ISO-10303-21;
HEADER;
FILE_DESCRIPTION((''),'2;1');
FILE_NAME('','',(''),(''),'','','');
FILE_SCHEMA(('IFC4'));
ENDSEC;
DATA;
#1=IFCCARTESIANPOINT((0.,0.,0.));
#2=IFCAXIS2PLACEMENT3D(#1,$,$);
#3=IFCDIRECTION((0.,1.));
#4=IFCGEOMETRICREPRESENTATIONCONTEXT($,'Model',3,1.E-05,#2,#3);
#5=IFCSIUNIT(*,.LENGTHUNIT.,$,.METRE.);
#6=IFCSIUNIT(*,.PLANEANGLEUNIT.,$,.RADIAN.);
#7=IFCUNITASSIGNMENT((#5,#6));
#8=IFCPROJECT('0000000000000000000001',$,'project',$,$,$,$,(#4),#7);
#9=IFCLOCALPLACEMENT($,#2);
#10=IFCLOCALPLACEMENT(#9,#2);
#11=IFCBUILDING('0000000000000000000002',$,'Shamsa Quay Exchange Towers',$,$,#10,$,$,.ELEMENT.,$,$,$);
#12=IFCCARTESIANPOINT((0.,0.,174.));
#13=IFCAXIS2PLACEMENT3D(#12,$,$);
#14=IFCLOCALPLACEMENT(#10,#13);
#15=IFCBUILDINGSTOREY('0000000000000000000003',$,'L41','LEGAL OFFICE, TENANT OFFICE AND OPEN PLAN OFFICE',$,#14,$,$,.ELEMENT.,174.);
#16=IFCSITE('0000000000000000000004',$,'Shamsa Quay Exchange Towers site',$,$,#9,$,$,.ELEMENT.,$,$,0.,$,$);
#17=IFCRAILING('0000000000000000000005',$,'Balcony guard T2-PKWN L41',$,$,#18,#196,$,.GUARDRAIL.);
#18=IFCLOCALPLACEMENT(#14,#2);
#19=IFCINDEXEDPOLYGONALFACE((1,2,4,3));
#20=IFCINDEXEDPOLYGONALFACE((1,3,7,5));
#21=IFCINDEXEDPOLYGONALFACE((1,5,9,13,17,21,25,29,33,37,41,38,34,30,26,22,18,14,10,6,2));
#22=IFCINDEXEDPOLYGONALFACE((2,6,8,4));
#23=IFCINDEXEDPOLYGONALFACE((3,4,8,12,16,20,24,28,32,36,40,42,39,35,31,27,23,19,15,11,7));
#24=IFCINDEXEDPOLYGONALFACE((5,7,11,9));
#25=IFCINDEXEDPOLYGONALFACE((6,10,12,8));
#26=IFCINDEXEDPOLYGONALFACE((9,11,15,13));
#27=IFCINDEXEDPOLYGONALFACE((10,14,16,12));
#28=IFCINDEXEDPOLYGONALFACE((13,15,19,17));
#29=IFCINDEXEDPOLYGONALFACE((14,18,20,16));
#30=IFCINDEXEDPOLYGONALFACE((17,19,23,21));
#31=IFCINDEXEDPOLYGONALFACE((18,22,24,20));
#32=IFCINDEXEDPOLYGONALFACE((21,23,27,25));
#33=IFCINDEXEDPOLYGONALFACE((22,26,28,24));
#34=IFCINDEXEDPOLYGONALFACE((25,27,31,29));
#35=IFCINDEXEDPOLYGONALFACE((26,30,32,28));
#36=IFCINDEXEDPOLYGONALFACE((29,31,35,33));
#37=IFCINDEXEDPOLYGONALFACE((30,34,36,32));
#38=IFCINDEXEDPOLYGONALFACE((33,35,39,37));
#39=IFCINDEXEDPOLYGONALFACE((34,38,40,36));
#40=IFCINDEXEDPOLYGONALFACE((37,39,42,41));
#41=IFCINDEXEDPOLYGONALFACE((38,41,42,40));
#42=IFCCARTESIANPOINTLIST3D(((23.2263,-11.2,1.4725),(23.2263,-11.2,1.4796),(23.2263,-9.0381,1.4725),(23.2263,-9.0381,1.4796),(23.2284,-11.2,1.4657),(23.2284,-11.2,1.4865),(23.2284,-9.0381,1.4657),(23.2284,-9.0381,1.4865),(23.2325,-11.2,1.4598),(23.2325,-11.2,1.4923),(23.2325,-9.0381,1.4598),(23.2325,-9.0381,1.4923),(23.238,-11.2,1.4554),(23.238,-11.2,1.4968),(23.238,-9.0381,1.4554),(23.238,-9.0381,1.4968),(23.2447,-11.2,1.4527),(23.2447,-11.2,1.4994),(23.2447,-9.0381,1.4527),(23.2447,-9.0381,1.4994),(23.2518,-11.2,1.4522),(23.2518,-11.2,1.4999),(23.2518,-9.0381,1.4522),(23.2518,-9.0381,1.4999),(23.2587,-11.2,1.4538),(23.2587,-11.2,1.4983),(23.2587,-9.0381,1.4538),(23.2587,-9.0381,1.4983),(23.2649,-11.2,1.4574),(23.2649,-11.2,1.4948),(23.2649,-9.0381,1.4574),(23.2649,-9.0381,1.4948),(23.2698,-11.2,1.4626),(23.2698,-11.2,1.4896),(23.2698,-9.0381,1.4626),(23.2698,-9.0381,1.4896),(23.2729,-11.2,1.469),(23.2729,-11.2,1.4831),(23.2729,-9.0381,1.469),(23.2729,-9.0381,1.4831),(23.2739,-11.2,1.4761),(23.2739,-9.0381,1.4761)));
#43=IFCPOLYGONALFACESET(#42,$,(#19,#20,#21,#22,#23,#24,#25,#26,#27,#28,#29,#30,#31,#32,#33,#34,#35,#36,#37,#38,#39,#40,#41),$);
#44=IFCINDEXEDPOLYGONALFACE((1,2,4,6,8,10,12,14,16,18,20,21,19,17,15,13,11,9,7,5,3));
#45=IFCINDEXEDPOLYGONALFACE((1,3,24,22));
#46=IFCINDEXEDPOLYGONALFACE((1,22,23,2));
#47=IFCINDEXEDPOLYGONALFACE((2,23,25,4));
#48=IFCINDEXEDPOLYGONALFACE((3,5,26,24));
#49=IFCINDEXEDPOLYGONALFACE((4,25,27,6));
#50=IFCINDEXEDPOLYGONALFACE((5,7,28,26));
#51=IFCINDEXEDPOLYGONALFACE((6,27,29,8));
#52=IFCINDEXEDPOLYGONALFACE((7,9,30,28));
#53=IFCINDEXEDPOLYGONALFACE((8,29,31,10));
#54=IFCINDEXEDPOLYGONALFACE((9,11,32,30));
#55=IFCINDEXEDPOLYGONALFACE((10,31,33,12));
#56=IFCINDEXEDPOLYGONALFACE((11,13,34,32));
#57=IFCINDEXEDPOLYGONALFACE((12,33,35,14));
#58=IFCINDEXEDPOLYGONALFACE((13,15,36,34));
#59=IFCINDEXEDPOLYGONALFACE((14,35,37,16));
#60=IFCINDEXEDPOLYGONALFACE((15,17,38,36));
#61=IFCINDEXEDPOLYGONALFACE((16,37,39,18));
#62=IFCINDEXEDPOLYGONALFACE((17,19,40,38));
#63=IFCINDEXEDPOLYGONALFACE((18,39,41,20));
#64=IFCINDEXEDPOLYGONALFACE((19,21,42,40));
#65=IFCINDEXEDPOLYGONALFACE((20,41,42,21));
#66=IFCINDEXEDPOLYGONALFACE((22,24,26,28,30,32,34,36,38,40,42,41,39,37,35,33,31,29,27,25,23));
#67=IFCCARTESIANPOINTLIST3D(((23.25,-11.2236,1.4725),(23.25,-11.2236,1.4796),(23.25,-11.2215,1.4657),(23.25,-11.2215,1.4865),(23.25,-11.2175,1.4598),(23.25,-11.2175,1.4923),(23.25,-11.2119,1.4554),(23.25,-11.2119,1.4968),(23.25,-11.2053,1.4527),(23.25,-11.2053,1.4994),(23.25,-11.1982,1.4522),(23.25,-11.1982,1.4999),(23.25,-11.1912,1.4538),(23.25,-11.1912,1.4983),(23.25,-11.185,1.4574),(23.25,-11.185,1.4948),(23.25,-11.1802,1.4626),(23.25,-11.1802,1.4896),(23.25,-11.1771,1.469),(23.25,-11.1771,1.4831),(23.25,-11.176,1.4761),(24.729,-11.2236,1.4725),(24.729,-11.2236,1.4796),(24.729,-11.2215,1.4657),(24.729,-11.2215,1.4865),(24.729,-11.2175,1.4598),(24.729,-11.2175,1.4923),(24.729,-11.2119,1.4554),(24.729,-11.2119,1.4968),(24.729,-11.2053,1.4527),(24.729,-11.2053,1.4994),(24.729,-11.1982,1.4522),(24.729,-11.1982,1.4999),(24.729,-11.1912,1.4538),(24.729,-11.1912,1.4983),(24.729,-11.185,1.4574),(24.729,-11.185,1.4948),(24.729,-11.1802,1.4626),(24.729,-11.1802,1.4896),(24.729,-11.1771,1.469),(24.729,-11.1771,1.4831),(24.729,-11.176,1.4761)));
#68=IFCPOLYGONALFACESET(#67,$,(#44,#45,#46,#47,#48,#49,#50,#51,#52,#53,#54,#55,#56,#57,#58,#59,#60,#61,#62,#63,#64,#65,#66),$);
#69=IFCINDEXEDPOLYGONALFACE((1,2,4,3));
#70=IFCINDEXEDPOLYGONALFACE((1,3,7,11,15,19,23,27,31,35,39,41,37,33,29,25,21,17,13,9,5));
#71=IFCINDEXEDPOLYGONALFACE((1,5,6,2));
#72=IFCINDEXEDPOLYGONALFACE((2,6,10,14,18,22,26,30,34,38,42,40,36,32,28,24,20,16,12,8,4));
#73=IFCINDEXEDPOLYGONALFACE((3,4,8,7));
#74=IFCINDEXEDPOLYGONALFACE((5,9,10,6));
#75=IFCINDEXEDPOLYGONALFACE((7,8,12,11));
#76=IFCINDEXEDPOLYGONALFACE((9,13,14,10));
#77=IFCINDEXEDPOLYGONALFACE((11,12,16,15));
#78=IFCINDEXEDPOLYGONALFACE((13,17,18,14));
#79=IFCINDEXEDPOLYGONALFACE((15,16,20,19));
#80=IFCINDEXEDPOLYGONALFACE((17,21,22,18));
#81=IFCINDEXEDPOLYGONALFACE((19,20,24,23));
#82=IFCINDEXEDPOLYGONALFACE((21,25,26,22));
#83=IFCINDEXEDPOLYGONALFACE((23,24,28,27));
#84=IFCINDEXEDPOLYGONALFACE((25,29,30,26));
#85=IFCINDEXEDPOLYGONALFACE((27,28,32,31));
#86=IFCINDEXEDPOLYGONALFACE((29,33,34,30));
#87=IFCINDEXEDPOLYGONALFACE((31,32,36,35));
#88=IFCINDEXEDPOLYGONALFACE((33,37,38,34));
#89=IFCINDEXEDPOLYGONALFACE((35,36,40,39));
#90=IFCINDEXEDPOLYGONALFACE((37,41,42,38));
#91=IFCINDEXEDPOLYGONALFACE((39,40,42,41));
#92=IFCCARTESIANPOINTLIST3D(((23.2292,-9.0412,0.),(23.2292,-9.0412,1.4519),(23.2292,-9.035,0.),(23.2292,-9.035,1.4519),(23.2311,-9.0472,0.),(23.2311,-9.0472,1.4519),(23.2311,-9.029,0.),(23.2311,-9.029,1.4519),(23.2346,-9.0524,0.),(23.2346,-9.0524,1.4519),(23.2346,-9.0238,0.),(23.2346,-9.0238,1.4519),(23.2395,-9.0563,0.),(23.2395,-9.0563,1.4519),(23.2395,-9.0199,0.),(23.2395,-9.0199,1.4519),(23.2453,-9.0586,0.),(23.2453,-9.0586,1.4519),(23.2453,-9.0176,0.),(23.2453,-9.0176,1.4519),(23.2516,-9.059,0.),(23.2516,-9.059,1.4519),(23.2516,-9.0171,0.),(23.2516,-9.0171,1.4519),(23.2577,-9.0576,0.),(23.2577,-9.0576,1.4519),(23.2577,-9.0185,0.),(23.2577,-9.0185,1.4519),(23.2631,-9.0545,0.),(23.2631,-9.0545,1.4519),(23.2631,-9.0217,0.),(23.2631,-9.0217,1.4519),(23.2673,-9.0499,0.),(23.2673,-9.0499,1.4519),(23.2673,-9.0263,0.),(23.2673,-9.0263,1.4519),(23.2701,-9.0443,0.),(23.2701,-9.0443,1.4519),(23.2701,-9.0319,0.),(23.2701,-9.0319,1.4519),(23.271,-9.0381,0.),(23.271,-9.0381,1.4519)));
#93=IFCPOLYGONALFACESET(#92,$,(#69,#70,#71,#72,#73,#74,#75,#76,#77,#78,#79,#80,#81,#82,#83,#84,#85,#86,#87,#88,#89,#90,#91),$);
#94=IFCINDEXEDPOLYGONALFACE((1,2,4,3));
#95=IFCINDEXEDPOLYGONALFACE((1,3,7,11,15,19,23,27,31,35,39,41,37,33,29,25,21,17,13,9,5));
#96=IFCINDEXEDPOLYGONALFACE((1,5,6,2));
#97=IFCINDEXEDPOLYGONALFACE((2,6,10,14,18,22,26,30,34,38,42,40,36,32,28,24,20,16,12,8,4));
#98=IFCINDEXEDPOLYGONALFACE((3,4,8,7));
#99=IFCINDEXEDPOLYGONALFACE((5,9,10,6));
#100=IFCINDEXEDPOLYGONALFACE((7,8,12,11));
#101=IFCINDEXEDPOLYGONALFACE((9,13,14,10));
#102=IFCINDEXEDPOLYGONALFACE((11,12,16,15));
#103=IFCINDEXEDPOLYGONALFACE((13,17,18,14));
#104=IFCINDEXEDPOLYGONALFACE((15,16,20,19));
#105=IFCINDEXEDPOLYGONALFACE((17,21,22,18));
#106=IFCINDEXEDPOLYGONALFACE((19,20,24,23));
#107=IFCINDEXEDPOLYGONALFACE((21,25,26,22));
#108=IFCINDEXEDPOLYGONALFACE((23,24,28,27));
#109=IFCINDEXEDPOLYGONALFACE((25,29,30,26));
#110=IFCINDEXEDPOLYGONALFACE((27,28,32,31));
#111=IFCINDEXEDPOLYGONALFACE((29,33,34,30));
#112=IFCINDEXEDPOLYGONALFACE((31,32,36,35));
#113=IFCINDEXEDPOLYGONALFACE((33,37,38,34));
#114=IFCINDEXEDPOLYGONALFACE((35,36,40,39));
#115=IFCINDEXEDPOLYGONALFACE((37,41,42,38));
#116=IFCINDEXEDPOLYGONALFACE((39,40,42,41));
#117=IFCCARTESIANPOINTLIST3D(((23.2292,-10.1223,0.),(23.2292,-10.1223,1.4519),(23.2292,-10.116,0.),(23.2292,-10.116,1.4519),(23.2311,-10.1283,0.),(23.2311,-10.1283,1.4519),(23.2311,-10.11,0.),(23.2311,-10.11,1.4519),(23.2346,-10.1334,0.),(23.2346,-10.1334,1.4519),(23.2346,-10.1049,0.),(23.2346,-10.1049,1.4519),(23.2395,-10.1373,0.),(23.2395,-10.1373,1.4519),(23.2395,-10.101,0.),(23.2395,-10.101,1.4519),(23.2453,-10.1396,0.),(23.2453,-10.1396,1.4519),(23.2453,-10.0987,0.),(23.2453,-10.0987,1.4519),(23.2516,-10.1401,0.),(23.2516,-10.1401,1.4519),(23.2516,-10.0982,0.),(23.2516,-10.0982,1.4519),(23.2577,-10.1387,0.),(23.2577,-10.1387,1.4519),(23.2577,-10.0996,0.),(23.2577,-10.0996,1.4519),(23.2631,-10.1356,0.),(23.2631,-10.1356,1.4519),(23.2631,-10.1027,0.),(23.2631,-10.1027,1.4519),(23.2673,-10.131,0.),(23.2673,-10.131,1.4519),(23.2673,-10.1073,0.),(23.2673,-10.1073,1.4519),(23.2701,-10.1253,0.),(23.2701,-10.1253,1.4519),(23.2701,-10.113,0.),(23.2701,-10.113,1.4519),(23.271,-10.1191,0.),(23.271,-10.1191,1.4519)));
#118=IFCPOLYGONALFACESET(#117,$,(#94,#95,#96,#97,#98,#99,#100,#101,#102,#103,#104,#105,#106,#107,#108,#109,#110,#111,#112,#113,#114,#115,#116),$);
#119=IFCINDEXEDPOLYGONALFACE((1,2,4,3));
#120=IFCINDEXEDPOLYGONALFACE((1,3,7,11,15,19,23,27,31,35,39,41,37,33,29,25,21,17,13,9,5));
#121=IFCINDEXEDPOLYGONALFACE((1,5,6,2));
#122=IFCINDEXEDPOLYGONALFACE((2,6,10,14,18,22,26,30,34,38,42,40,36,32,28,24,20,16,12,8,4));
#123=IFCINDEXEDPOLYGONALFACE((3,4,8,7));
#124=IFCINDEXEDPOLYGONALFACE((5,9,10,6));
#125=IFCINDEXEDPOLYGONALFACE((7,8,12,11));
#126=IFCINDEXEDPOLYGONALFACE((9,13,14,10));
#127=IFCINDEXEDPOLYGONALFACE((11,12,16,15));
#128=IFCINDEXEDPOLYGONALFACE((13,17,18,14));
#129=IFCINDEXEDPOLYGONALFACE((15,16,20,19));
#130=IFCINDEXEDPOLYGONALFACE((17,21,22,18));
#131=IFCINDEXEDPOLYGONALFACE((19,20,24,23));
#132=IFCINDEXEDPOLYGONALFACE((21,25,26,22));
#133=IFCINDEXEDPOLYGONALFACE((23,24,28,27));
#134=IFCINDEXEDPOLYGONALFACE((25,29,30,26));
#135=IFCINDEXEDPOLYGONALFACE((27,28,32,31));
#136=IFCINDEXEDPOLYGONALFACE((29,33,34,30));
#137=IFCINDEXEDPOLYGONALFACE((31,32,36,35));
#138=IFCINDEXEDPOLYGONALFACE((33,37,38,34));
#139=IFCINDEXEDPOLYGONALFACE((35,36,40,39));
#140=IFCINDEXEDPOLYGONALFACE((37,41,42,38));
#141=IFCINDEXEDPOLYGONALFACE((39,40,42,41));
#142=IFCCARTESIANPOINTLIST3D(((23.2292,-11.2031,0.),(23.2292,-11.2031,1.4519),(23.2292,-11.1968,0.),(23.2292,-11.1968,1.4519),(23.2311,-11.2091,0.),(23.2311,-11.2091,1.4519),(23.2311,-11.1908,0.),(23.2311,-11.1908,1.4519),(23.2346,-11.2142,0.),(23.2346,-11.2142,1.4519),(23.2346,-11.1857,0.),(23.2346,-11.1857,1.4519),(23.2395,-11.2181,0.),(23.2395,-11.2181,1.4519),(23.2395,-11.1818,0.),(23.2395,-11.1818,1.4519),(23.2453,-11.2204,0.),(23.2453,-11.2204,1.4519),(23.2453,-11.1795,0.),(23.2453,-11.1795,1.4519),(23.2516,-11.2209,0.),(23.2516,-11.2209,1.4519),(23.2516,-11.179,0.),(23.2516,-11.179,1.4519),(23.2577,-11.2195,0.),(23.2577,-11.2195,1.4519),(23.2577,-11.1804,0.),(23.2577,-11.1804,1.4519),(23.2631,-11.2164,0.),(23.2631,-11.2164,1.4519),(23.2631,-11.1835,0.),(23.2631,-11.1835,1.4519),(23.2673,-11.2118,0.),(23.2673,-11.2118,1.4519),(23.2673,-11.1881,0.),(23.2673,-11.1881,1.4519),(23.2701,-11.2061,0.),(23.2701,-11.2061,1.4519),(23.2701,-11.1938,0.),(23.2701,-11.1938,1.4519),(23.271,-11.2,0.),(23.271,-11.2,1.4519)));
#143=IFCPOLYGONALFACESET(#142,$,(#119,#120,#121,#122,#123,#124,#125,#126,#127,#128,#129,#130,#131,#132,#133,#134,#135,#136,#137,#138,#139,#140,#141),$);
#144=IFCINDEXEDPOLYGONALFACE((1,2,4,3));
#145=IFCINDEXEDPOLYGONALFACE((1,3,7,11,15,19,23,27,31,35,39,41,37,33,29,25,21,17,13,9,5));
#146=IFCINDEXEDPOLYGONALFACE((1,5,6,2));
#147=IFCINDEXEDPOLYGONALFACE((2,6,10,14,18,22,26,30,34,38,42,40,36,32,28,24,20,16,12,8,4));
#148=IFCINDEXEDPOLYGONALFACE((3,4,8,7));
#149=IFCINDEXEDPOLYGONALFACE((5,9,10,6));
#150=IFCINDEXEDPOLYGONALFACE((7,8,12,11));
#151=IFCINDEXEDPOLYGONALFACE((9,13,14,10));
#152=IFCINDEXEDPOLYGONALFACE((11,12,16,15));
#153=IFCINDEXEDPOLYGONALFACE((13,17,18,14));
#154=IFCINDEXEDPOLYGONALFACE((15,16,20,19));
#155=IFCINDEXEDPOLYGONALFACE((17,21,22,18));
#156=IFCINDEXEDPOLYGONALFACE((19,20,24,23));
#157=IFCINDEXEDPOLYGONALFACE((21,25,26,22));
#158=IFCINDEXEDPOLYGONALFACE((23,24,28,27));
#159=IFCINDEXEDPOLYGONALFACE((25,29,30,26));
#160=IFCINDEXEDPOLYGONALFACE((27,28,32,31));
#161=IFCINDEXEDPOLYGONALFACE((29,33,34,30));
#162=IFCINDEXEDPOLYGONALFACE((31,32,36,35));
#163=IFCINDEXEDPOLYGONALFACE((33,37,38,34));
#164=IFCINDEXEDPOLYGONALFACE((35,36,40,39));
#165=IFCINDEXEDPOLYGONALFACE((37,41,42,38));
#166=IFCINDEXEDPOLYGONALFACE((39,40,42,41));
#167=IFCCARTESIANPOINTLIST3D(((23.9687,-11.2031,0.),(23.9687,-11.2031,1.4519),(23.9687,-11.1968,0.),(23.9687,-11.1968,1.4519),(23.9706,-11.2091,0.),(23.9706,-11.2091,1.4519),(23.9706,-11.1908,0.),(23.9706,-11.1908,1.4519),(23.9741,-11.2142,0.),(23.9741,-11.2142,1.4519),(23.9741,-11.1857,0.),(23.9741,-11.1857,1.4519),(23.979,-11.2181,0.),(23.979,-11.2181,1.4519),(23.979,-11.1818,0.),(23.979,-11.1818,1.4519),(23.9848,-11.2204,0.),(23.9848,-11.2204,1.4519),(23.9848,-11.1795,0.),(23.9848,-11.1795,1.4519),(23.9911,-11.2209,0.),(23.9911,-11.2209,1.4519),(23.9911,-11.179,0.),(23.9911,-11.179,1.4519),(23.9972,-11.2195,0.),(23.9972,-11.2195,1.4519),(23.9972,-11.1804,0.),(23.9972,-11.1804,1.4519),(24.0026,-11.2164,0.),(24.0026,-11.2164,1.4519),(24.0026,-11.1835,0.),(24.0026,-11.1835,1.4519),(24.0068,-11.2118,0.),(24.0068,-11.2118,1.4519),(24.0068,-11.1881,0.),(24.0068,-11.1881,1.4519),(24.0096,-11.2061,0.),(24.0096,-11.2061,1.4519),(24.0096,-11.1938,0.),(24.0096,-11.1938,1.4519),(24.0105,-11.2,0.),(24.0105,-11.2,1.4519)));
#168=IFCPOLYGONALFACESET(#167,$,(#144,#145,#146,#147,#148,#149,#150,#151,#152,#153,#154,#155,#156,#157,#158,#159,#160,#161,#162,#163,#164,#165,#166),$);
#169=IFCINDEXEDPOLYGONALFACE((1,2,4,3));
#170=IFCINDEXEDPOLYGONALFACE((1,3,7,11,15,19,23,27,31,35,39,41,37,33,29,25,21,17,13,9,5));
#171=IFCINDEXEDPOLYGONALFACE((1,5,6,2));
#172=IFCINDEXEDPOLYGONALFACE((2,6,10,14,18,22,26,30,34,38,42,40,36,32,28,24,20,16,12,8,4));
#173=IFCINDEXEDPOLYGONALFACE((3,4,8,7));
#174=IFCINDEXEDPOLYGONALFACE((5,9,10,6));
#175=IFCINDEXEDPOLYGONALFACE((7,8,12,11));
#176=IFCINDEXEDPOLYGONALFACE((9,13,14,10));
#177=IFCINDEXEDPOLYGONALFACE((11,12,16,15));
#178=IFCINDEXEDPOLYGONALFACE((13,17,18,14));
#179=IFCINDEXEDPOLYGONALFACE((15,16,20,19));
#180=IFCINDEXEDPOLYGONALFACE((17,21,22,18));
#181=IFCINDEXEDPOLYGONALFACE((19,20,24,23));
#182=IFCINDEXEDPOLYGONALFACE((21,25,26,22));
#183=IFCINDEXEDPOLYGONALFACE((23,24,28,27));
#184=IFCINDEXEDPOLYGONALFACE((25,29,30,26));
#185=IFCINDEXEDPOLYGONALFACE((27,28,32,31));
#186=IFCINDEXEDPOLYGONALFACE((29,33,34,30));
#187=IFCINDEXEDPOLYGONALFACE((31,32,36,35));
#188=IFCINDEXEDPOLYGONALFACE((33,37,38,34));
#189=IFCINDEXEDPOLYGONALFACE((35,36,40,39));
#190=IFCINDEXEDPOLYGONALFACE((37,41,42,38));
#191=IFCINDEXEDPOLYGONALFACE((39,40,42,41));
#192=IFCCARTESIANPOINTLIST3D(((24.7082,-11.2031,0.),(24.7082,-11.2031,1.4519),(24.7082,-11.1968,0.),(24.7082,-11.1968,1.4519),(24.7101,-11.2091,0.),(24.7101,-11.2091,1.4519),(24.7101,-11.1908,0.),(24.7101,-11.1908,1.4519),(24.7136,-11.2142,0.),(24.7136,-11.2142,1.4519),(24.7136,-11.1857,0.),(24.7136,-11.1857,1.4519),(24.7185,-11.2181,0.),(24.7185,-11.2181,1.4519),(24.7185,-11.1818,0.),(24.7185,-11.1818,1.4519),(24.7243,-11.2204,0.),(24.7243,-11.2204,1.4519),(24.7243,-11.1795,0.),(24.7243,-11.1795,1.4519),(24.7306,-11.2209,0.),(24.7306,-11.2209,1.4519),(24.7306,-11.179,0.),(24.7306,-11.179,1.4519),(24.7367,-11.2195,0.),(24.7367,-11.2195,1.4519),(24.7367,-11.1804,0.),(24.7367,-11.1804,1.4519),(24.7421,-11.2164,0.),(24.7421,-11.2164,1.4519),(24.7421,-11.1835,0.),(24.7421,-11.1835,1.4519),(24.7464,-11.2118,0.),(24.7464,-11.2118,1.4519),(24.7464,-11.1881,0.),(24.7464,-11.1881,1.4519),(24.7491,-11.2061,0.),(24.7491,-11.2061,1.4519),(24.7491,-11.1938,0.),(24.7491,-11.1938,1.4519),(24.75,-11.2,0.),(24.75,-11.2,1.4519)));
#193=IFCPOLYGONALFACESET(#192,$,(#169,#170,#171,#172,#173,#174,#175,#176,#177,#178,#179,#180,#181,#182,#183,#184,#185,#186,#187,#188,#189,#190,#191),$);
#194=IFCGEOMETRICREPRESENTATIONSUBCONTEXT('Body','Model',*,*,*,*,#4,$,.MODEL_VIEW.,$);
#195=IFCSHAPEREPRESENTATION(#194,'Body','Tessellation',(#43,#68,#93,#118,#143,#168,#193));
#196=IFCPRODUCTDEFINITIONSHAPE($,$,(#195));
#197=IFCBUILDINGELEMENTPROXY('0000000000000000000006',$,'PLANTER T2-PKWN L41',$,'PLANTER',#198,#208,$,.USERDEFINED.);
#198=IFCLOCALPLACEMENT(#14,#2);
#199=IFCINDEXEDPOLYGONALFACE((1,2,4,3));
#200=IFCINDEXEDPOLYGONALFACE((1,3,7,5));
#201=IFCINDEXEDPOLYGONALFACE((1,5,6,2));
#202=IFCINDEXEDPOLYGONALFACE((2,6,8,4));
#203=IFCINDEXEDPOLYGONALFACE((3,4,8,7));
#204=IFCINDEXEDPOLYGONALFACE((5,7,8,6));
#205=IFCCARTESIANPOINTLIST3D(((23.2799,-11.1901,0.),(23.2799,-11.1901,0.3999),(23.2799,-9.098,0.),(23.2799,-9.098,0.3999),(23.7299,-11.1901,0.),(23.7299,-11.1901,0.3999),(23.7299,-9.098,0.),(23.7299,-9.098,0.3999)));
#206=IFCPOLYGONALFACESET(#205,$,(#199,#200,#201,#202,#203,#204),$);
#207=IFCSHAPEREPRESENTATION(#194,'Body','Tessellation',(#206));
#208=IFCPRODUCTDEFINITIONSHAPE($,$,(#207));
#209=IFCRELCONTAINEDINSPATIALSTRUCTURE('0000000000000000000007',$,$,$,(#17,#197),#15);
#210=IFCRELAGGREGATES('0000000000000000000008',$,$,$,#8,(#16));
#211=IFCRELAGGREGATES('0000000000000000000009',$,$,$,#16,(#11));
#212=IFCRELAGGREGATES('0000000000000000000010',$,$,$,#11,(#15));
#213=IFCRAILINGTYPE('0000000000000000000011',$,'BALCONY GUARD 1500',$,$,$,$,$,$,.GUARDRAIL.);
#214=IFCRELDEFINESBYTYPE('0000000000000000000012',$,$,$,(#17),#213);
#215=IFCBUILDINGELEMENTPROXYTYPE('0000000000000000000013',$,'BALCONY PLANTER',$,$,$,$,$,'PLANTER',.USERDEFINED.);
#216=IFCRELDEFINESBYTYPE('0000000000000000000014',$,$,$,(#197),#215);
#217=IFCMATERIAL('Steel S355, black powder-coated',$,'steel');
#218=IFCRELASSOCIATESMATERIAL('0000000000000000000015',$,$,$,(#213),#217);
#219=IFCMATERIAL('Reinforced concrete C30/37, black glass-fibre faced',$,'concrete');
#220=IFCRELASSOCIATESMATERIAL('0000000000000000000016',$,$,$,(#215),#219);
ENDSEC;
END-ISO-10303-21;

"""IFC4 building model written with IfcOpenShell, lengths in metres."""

from ifc_helpers import new_model, si_unit, direction, frame, origin, origin_2d, place, context, subcontext, project, spatial, rectangle, circle, extrude, material, type_object, element, save


model = new_model("IFC4")

# Units and contexts
model_context = context("Model", 3, precision=1e-05, world=origin(), true_north=direction((0.0, 1.0)))
body_context = subcontext(model_context, "Body", "Model", "MODEL_VIEW")
ifc_project = project(units=[si_unit("LENGTHUNIT", "METRE"), si_unit("PLANEANGLEUNIT", "RADIAN")], contexts=[model_context])

# Site, building, storey
site_placement = place(None, origin())
site = spatial("IfcSite", under=ifc_project, at=site_placement, Name="Shamsa Quay Exchange Towers site", CompositionType="ELEMENT", RefElevation=0.0)
building_placement = place(site_placement, origin())
building = spatial("IfcBuilding", under=site, at=building_placement, Name="Shamsa Quay Exchange Towers", CompositionType="ELEMENT")
storey_placement = place(building_placement, frame((0.0, 0.0, 174.0)))
storey = spatial("IfcBuildingStorey", under=building, at=storey_placement, Name="L41", Description="LEGAL OFFICE, TENANT OFFICE AND OPEN PLAN OFFICE", CompositionType="ELEMENT", Elevation=174.0)

# Railing
ifc_material_1 = material(Name="Steel S355, black powder-coated", Category="steel")
railing_type = type_object("IfcRailingType", Name="BALCONY GUARD 1500", PredefinedType="GUARDRAIL", material=ifc_material_1)
railing_placement = place(storey_placement, frame((23.25, -9.0381, 0.0)))
element("IfcRailing", 1, at=railing_placement, inside=storey, type_object=railing_type, Name="Balcony guard T2-PKWN L41", PredefinedType="GUARDRAIL", context=body_context, shape_type="SweptSolid", body=[
    extrude(circle(Radius=0.0239, at=origin_2d()), frame((0.0, 0.0, 1.4761), z_axis=(0.0, -1.0, 0.0), x_axis=(1.0, 0.0, 0.0)), (0.0, 0.0, 1.0), 2.1619),
    extrude(circle(Radius=0.0239, at=origin_2d()), frame((0.0, -2.1619, 1.4761), z_axis=(1.0, 0.0, 0.0), x_axis=(0.0, 1.0, 0.0)), (0.0, 0.0, 1.0), 1.479),
    extrude(circle(Radius=0.021, at=origin_2d()), origin(), (0.0, 0.0, 1.0), 1.4519),
    extrude(circle(Radius=0.021, at=origin_2d()), frame((0.0, -1.0811, 0.0)), (0.0, 0.0, 1.0), 1.4519),
    extrude(circle(Radius=0.021, at=origin_2d()), frame((0.0, -2.1619, 0.0)), (0.0, 0.0, 1.0), 1.4519),
    extrude(circle(Radius=0.021, at=origin_2d()), frame((0.7395, -2.1619, 0.0)), (0.0, 0.0, 1.0), 1.4519),
    extrude(circle(Radius=0.021, at=origin_2d()), frame((1.479, -2.1619, 0.0)), (0.0, 0.0, 1.0), 1.4519),
])

# Building element proxy
ifc_material_2 = material(Name="Reinforced concrete C30/37, black glass-fibre faced", Category="concrete")
building_element_proxy_type = type_object("IfcBuildingElementProxyType", Name="BALCONY PLANTER", ElementType="PLANTER", PredefinedType="USERDEFINED", material=ifc_material_2)
proxy_placement = place(storey_placement, frame((23.5049, -10.144, 0.0), z_axis=(0.0, 0.0, 1.0), x_axis=(0.0, -1.0, 0.0)))
element("IfcBuildingElementProxy", 2, at=proxy_placement, inside=storey, type_object=building_element_proxy_type, Name="PLANTER T2-PKWN L41", ObjectType="PLANTER", PredefinedType="USERDEFINED", context=body_context, shape_type="SweptSolid", body=[
    extrude(rectangle(XDim=2.092, YDim=0.45, at=origin_2d()), origin(), (0.0, 0.0, 1.0), 0.3999),
])

save(model, "model.ifc")
